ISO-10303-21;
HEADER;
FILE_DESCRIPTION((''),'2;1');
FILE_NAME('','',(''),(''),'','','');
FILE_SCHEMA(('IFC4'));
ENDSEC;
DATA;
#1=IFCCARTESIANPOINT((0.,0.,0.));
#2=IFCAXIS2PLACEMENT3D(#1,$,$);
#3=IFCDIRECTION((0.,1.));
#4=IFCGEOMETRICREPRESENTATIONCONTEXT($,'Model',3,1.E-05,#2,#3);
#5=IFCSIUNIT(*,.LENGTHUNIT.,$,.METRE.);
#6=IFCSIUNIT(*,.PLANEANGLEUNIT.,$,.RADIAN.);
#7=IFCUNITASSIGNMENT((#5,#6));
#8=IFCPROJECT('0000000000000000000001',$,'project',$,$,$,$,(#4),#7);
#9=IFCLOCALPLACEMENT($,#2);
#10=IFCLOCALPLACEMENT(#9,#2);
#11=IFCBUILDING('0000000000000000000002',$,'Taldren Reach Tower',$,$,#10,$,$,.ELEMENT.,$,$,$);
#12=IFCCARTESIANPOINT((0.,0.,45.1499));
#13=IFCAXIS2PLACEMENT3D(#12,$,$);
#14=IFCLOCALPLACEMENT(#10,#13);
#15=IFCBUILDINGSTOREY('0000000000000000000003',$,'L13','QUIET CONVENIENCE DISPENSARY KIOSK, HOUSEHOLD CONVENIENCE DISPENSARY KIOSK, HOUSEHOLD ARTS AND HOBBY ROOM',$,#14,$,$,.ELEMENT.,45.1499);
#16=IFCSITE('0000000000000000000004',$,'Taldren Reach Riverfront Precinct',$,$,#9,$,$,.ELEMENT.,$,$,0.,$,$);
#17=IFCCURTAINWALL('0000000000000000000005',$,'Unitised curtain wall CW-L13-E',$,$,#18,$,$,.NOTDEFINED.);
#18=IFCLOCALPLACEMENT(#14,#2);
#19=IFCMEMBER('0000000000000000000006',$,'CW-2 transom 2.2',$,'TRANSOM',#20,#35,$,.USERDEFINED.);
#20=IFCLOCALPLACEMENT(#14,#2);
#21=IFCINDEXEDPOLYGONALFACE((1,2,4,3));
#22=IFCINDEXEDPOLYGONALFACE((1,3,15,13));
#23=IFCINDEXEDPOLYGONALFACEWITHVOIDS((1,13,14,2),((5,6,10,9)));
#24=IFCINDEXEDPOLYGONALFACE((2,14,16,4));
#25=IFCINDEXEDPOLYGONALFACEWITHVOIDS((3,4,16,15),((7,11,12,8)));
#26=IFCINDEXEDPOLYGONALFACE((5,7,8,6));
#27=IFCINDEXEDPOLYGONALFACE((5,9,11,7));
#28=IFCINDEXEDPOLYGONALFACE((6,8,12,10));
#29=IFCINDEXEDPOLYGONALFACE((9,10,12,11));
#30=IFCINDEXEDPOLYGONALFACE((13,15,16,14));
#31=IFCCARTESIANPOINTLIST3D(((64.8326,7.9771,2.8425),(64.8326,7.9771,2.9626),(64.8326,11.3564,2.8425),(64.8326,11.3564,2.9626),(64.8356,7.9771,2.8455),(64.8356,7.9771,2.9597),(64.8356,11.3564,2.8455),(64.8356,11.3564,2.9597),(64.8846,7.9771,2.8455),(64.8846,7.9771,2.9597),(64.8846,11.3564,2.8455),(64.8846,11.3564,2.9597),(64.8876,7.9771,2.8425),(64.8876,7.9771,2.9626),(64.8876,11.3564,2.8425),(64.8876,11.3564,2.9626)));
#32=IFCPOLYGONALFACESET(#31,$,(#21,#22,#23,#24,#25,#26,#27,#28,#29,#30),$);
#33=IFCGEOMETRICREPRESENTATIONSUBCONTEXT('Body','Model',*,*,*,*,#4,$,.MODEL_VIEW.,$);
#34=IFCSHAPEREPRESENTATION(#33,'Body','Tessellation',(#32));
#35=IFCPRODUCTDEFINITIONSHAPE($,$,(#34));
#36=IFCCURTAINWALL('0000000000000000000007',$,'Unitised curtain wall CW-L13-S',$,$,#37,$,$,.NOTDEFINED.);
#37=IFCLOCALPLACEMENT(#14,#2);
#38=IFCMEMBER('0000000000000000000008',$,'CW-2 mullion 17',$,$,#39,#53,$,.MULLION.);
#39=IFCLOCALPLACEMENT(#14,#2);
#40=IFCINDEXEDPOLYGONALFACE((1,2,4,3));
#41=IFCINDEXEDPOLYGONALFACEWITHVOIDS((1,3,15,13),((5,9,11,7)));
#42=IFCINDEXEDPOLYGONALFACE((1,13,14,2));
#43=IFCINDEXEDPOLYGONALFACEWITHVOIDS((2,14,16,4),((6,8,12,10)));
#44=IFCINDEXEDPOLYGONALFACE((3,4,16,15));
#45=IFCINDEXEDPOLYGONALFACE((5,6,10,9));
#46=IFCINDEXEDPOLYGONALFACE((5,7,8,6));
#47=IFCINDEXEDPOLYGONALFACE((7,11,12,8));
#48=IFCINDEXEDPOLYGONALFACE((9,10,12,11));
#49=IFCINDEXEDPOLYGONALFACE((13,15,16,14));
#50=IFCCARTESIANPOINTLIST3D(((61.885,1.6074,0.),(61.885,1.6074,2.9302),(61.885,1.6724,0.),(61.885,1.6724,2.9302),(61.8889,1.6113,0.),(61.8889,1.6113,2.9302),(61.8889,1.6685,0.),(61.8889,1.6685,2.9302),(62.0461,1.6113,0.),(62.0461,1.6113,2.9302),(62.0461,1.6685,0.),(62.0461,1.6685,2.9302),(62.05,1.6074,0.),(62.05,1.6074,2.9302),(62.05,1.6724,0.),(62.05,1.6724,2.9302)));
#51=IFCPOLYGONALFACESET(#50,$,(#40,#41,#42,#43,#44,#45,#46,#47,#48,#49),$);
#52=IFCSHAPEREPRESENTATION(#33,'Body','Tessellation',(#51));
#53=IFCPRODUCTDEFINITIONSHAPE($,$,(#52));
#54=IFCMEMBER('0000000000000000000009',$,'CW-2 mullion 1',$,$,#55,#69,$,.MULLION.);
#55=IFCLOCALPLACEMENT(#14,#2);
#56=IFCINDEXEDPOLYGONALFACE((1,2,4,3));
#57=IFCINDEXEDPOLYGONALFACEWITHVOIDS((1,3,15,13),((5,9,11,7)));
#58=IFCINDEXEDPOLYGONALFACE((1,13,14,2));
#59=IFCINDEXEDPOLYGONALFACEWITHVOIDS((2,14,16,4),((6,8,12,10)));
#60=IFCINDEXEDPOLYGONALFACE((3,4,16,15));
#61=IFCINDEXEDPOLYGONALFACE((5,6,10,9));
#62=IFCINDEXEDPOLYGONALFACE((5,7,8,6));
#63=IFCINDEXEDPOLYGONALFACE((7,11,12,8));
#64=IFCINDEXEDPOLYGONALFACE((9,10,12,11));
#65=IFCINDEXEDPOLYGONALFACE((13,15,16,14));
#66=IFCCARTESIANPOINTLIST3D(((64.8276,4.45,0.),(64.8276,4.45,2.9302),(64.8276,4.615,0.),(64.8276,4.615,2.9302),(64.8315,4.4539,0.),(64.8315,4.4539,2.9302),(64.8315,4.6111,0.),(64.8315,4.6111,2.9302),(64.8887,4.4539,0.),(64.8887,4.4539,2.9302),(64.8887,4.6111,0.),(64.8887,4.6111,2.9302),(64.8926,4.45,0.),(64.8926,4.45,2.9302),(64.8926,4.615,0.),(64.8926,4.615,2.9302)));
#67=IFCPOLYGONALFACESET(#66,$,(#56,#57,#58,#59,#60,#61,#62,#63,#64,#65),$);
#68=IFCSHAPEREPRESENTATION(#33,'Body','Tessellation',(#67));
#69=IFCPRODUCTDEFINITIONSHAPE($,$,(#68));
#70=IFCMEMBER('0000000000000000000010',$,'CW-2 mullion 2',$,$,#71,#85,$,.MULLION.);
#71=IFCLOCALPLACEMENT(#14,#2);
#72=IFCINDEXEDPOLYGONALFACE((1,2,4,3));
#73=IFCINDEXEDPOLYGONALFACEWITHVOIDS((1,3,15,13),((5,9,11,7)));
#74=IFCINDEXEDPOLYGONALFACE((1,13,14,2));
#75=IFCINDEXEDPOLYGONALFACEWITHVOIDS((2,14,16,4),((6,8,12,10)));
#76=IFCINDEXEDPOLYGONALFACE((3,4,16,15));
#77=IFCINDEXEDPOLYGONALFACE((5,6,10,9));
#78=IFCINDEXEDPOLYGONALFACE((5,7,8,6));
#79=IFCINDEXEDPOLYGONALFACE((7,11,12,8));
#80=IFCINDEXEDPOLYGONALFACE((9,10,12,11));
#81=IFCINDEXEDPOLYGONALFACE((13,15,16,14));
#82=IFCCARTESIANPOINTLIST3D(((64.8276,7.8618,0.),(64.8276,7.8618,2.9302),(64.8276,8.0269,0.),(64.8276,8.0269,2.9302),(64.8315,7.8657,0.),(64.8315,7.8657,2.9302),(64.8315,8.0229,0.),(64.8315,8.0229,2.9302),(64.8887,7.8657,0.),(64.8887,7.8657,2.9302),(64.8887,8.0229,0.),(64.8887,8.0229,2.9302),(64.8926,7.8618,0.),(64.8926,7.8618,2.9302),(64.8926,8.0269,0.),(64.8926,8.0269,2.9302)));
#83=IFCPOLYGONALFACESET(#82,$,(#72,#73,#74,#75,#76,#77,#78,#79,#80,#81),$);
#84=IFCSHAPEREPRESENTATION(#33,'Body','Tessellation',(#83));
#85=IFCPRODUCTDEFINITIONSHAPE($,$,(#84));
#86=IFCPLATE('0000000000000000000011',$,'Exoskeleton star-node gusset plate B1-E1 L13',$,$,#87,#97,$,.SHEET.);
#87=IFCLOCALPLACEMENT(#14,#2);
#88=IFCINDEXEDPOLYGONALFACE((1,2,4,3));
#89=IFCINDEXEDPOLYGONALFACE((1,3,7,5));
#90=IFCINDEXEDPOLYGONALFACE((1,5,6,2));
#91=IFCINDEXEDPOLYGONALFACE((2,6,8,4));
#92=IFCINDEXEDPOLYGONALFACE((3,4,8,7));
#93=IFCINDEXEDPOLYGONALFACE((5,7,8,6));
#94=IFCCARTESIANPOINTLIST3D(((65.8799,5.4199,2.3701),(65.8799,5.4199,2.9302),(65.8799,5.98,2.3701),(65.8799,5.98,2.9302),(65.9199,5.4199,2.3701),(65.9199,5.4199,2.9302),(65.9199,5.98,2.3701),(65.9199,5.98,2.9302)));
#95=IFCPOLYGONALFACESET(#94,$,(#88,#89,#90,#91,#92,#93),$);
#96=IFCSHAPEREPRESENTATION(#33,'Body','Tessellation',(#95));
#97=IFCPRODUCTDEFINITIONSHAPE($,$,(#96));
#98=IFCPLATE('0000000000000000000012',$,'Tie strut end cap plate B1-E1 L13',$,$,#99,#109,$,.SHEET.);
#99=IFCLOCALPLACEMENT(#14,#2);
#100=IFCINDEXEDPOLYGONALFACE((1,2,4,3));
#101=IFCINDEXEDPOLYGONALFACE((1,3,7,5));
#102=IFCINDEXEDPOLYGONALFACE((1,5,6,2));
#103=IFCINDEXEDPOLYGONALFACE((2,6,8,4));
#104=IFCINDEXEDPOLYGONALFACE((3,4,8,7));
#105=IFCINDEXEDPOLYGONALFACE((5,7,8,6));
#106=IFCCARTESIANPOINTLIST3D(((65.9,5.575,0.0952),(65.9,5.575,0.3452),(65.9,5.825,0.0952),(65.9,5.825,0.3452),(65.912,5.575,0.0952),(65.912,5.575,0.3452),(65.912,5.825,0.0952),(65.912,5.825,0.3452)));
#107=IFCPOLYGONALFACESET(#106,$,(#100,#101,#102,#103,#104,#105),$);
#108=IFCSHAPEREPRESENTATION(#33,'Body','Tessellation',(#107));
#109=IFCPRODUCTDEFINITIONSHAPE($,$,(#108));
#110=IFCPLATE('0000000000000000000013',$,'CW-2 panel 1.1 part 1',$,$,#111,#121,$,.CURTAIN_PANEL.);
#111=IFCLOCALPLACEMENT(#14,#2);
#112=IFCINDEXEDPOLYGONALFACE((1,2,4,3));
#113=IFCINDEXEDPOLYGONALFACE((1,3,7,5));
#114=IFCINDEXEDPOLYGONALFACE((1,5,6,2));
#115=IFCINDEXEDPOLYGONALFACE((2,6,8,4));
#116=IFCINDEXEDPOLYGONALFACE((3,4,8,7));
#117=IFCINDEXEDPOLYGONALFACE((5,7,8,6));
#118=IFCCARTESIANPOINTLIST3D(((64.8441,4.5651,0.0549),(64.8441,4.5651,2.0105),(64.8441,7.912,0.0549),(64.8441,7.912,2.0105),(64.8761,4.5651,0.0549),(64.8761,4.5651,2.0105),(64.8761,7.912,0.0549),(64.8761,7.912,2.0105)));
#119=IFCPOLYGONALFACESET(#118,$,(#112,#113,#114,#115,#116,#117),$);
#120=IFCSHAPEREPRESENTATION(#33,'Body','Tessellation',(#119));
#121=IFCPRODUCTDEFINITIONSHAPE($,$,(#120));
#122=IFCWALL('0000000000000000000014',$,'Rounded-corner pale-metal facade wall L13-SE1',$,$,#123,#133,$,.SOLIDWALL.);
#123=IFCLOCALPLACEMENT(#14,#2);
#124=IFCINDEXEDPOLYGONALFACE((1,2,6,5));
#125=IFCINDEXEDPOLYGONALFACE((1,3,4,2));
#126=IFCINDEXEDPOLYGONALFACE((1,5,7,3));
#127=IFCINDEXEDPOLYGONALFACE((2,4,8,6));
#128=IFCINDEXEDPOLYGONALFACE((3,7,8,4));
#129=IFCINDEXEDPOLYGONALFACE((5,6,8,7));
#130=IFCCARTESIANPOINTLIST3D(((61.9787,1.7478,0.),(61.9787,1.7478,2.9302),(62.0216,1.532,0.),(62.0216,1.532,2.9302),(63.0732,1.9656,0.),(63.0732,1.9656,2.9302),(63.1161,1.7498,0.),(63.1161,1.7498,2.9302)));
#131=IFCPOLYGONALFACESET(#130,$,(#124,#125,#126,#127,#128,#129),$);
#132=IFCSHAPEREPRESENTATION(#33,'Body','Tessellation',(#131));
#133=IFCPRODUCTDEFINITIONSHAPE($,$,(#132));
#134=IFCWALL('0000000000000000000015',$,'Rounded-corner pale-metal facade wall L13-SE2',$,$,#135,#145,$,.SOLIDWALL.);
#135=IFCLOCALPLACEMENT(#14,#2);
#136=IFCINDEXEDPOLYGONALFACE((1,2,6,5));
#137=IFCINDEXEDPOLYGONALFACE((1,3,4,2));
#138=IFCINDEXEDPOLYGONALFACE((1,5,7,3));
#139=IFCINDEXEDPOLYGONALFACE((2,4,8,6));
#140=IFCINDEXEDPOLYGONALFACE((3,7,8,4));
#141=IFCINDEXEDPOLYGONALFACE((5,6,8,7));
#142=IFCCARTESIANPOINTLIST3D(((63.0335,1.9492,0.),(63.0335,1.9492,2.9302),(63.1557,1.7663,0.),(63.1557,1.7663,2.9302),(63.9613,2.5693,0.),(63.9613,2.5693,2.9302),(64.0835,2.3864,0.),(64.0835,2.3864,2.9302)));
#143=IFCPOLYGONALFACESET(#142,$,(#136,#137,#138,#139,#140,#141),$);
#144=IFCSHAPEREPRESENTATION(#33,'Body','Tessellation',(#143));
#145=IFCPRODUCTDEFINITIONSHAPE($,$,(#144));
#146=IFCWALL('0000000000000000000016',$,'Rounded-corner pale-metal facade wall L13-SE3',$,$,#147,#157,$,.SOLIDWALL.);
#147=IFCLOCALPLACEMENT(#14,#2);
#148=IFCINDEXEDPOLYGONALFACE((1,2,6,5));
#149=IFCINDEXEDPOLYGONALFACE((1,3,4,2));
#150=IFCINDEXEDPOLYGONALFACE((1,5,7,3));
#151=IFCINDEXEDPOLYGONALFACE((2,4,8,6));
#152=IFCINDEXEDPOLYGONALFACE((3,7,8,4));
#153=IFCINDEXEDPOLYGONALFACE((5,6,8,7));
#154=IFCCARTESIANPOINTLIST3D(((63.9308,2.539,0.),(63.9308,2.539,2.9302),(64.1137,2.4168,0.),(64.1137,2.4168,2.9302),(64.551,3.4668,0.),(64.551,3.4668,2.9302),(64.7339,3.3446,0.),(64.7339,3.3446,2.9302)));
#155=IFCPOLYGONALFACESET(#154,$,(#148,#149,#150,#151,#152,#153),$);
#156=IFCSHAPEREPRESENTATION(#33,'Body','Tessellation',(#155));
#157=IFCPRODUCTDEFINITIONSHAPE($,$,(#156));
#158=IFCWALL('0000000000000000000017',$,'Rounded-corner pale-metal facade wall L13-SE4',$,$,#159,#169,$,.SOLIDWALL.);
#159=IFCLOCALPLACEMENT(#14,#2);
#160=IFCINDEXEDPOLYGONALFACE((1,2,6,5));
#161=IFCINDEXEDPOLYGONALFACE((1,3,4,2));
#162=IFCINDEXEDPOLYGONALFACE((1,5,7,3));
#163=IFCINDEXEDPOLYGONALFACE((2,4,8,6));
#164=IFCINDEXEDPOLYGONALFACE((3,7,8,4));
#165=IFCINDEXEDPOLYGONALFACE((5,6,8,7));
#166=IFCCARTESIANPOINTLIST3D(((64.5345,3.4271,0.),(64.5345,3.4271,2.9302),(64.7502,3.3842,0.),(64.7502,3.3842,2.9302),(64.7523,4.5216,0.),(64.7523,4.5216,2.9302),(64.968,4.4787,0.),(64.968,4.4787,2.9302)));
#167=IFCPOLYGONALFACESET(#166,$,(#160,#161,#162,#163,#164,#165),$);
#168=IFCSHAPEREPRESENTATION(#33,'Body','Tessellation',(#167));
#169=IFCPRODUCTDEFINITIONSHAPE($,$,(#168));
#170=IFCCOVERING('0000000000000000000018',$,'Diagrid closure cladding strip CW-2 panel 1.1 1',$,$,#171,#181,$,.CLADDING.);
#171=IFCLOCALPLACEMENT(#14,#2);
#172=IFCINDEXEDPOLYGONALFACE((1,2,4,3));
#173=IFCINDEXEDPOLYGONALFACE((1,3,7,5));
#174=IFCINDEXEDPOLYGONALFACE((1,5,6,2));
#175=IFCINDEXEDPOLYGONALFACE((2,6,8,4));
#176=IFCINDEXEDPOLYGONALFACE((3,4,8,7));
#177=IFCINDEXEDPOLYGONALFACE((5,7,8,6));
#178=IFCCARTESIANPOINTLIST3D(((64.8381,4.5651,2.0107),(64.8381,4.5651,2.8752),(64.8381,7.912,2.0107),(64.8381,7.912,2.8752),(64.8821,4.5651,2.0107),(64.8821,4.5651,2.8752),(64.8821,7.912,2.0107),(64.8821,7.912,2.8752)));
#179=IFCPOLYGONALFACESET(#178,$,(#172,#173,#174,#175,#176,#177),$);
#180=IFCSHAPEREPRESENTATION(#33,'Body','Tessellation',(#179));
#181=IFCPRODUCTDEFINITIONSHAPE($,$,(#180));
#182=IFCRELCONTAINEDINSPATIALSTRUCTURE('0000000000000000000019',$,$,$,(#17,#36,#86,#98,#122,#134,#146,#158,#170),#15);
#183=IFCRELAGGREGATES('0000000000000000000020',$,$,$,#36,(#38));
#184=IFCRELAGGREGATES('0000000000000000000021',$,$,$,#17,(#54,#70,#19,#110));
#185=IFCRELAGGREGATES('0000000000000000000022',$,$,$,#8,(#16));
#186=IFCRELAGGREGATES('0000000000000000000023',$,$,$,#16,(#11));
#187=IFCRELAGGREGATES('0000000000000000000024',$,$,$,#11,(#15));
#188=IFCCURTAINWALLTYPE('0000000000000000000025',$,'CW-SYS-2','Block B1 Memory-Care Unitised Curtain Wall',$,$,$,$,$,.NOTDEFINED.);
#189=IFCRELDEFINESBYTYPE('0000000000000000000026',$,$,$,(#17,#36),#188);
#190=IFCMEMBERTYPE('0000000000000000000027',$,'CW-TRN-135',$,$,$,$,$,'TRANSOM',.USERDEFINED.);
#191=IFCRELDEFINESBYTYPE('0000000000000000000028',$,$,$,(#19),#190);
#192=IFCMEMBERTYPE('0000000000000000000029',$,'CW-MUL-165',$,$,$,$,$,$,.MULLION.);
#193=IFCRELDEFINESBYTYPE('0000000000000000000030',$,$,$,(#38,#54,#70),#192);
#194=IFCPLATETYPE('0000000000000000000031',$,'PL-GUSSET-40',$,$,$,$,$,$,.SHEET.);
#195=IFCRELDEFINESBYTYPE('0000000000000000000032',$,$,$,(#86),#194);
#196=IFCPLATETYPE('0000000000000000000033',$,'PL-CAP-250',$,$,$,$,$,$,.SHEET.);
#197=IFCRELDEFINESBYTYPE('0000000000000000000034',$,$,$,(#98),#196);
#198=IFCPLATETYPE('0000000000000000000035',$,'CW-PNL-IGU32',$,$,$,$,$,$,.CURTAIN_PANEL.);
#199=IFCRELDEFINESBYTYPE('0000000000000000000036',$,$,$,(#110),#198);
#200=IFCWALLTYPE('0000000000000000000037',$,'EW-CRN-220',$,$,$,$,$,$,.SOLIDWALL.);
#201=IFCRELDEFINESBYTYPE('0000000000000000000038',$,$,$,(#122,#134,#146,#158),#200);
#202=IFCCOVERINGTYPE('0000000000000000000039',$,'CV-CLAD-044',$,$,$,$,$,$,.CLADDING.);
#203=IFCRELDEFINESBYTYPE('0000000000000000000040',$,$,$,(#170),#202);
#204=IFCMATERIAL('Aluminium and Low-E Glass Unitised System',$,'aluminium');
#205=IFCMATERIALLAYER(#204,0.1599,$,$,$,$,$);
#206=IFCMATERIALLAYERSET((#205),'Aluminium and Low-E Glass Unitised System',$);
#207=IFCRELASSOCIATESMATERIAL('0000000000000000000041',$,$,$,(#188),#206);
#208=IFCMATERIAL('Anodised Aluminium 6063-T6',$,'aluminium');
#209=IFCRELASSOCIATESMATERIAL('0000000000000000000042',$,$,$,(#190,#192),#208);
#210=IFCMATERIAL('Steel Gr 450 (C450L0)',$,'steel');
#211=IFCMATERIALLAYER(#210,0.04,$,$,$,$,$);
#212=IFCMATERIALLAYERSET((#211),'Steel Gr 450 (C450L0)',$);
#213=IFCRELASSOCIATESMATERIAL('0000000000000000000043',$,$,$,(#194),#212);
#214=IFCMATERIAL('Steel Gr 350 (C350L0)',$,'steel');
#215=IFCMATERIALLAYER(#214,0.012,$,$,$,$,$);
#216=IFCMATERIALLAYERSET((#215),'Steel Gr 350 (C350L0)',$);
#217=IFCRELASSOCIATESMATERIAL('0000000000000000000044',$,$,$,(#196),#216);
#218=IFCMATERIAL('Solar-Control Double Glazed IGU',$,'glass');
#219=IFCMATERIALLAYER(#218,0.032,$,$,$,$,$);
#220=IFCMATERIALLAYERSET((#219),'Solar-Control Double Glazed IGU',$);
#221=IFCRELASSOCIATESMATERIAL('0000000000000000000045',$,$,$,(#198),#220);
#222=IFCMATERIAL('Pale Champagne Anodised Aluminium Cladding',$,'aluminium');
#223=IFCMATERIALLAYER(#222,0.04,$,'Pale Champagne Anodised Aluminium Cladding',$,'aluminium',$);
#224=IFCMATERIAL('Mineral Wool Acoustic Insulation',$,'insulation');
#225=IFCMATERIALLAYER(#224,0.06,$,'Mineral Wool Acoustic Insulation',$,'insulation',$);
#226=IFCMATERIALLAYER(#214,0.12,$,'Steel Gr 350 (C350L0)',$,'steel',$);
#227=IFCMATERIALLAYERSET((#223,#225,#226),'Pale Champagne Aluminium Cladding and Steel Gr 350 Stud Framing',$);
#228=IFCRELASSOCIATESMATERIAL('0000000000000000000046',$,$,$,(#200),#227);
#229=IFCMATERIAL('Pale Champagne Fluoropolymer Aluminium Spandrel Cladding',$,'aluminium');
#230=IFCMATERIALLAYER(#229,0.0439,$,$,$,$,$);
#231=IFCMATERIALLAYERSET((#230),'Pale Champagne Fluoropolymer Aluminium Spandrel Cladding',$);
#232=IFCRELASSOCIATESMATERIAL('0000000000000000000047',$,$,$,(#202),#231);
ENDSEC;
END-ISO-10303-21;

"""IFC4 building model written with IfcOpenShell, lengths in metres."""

from ifc_helpers import new_model, si_unit, direction, frame, frame_2d, origin, origin_2d, place, context, subcontext, project, spatial, rectangle, hollow_rectangle, extrude, source, transform, mapped, material, layer, layer_set, material_profile, profile_set, type_object, element, aggregate, save


model = new_model("IFC4")

# Units and contexts
model_context = context("Model", 3, precision=1e-05, world=origin(), true_north=direction((0.0, 1.0)))
body_context = subcontext(model_context, "Body", "Model", "MODEL_VIEW")
ifc_project = project(units=[si_unit("LENGTHUNIT", "METRE"), si_unit("PLANEANGLEUNIT", "RADIAN")], contexts=[model_context])

# Site, building, storey
site_placement = place(None, origin())
site = spatial("IfcSite", under=ifc_project, at=site_placement, Name="Taldren Reach Riverfront Precinct", CompositionType="ELEMENT", RefElevation=0.0)
building_placement = place(site_placement, origin())
building = spatial("IfcBuilding", under=site, at=building_placement, Name="Taldren Reach Tower", CompositionType="ELEMENT")
storey_placement = place(building_placement, frame((0.0, 0.0, 45.1499)))
storey = spatial("IfcBuildingStorey", under=building, at=storey_placement, Name="L13", Description="QUIET CONVENIENCE DISPENSARY KIOSK, HOUSEHOLD CONVENIENCE DISPENSARY KIOSK, HOUSEHOLD ARTS AND HOBBY ROOM", CompositionType="ELEMENT", Elevation=45.1499)

# Shared definitions
ifc_material_1 = material(Name="Steel Gr 450 (C450L0)", Category="steel")
ifc_material_2 = material(Name="Steel Gr 350 (C350L0)", Category="steel")

# Curtain wall, member
ifc_material_3 = material(Name="Aluminium and Low-E Glass Unitised System", Category="aluminium")
ifc_layer_1 = layer(ifc_material_3, 0.1599)
ifc_layer_set_1 = layer_set([ifc_layer_1], Name="Aluminium and Low-E Glass Unitised System")
curtain_wall_type = type_object("IfcCurtainWallType", Name="CW-SYS-2", Description="Block B1 Memory-Care Unitised Curtain Wall", PredefinedType="NOTDEFINED", material=ifc_layer_set_1)
curtain_wall_1_placement = place(storey_placement, origin())
curtain_wall_1 = element("IfcCurtainWall", 1, at=curtain_wall_1_placement, inside=storey, type_object=curtain_wall_type, Name="Unitised curtain wall CW-L13-E", PredefinedType="NOTDEFINED")
ifc_material_4 = material(Name="Anodised Aluminium 6063-T6", Category="aluminium")
ifc_material_profile_1 = material_profile(ifc_material_4, hollow_rectangle(XDim=0.0549, YDim=0.1201, WallThickness=0.0029, at=origin_2d()), Name="ALU-120x55x3RHS")
ifc_profile_set_1 = profile_set([ifc_material_profile_1], Name="Anodised Aluminium 6063-T6")
member_type_1 = type_object("IfcMemberType", Name="CW-TRN-135", ElementType="TRANSOM", PredefinedType="USERDEFINED", material=ifc_profile_set_1)
shared_shape_1 = source(origin(), body_context, "Body", "SweptSolid", [
    extrude(hollow_rectangle(XDim=0.0549, YDim=0.1201, WallThickness=0.0029, at=origin_2d()), origin(), (0.0, 0.0, 1.0), 3.3794),
])
member_1_placement = place(storey_placement, frame((64.8601, 7.9771, 2.9026), z_axis=(0.0, 1.0, 0.0), x_axis=(-1.0, 0.0, 0.0)))
member_1 = element("IfcMember", 2, at=member_1_placement, type_object=member_type_1, Name="CW-2 transom 2.2", ObjectType="TRANSOM", PredefinedType="USERDEFINED", context=body_context, shape_type="MappedRepresentation", body=[
    mapped(shared_shape_1, transform((0.0, 0.0, 0.0), scale=1.0)),
])

# Curtain wall, member
curtain_wall_2_placement = place(storey_placement, origin())
curtain_wall_2 = element("IfcCurtainWall", 3, at=curtain_wall_2_placement, inside=storey, type_object=curtain_wall_type, Name="Unitised curtain wall CW-L13-S", PredefinedType="NOTDEFINED")
ifc_material_profile_2 = material_profile(ifc_material_4, hollow_rectangle(XDim=0.0649, YDim=0.165, WallThickness=0.0039, at=origin_2d()), Name="ALU-165x65x4RHS")
ifc_profile_set_2 = profile_set([ifc_material_profile_2], Name="Anodised Aluminium 6063-T6")
member_type_2 = type_object("IfcMemberType", Name="CW-MUL-165", PredefinedType="MULLION", material=ifc_profile_set_2)
shared_shape_2 = source(origin(), body_context, "Body", "SweptSolid", [
    extrude(hollow_rectangle(XDim=0.0649, YDim=0.165, WallThickness=0.0039, at=origin_2d()), origin(), (0.0, 0.0, 1.0), 2.9302),
])
member_2_placement = place(storey_placement, frame((61.9675, 1.6399, 0.0), z_axis=(0.0, 0.0, 1.0), x_axis=(0.0, 1.0, 0.0)))
member_2 = element("IfcMember", 4, at=member_2_placement, type_object=member_type_2, Name="CW-2 mullion 17", PredefinedType="MULLION", context=body_context, shape_type="MappedRepresentation", body=[
    mapped(shared_shape_2, transform((0.0, 0.0, 0.0), scale=1.0)),
])
aggregate(curtain_wall_2, [member_2])

# Members
member_3_placement = place(storey_placement, frame((64.8601, 4.5325, 0.0), z_axis=(0.0, 0.0, 1.0), x_axis=(-1.0, 0.0, 0.0)))
member_3 = element("IfcMember", 5, at=member_3_placement, type_object=member_type_2, Name="CW-2 mullion 1", PredefinedType="MULLION", context=body_context, shape_type="MappedRepresentation", body=[
    mapped(shared_shape_2, transform((0.0, 0.0, 0.0), scale=1.0)),
])
member_4_placement = place(storey_placement, frame((64.8601, 7.9443, 0.0), z_axis=(0.0, 0.0, 1.0), x_axis=(-1.0, 0.0, 0.0)))
member_4 = element("IfcMember", 6, at=member_4_placement, type_object=member_type_2, Name="CW-2 mullion 2", PredefinedType="MULLION", context=body_context, shape_type="MappedRepresentation", body=[
    mapped(shared_shape_2, transform((0.0, 0.0, 0.0), scale=1.0)),
])

# Plates
ifc_layer_2 = layer(ifc_material_1, 0.04)
ifc_layer_set_2 = layer_set([ifc_layer_2], Name="Steel Gr 450 (C450L0)")
plate_type_1 = type_object("IfcPlateType", Name="PL-GUSSET-40", PredefinedType="SHEET", material=ifc_layer_set_2)
shared_shape_3 = source(origin(), body_context, "Body", "SweptSolid", [
    extrude(rectangle(XDim=0.5601, YDim=0.04, at=origin_2d()), origin(), (0.0, 0.0, 1.0), 0.5601),
])
plate_1_placement = place(storey_placement, frame((65.8999, 5.7, 2.3701), z_axis=(0.0, 0.0, 1.0), x_axis=(0.0, 1.0, 0.0)))
element("IfcPlate", 7, at=plate_1_placement, inside=storey, type_object=plate_type_1, Name="Exoskeleton star-node gusset plate B1-E1 L13", PredefinedType="SHEET", context=body_context, shape_type="MappedRepresentation", body=[
    mapped(shared_shape_3, transform((0.0, 0.0, 0.0), scale=1.0)),
])
ifc_layer_3 = layer(ifc_material_2, 0.012)
ifc_layer_set_3 = layer_set([ifc_layer_3], Name="Steel Gr 350 (C350L0)")
plate_type_2 = type_object("IfcPlateType", Name="PL-CAP-250", PredefinedType="SHEET", material=ifc_layer_set_3)
shared_shape_4 = source(origin(), body_context, "Body", "SweptSolid", [
    extrude(rectangle(XDim=0.012, YDim=0.25, at=origin_2d()), origin(), (0.0, 0.0, 1.0), 0.25),
])
plate_2_placement = place(storey_placement, frame((65.906, 5.7, 0.0952), z_axis=(0.0, 0.0, 1.0), x_axis=(1.0, 0.0, 0.0)))
element("IfcPlate", 8, at=plate_2_placement, inside=storey, type_object=plate_type_2, Name="Tie strut end cap plate B1-E1 L13", PredefinedType="SHEET", context=body_context, shape_type="MappedRepresentation", body=[
    mapped(shared_shape_4, transform((0.0, 0.0, 0.0), scale=1.0)),
])

# Plate
ifc_material_5 = material(Name="Solar-Control Double Glazed IGU", Category="glass")
ifc_layer_4 = layer(ifc_material_5, 0.032)
ifc_layer_set_4 = layer_set([ifc_layer_4], Name="Solar-Control Double Glazed IGU")
plate_type_3 = type_object("IfcPlateType", Name="CW-PNL-IGU32", PredefinedType="CURTAIN_PANEL", material=ifc_layer_set_4)
shared_shape_5 = source(origin(), body_context, "Body", "SweptSolid", [
    extrude(rectangle(XDim=3.3469, YDim=0.032, at=origin_2d()), origin(), (0.0, 0.0, 1.0), 1.9556),
])
plate_3_placement = place(storey_placement, frame((64.8601, 6.2385, 0.0549), z_axis=(0.0, 0.0, 1.0), x_axis=(0.0, 1.0, 0.0)))
plate_3 = element("IfcPlate", 9, at=plate_3_placement, type_object=plate_type_3, Name="CW-2 panel 1.1 part 1", PredefinedType="CURTAIN_PANEL", context=body_context, shape_type="MappedRepresentation", body=[
    mapped(shared_shape_5, transform((0.0, 0.0, 0.0), scale=1.0)),
])
aggregate(curtain_wall_1, [member_3, member_4, member_1, plate_3])

# Walls
ifc_material_6 = material(Name="Pale Champagne Anodised Aluminium Cladding", Category="aluminium")
ifc_layer_5 = layer(ifc_material_6, 0.04, Name="Pale Champagne Anodised Aluminium Cladding", Category="aluminium")
ifc_material_7 = material(Name="Mineral Wool Acoustic Insulation", Category="insulation")
ifc_layer_6 = layer(ifc_material_7, 0.06, Name="Mineral Wool Acoustic Insulation", Category="insulation")
ifc_layer_7 = layer(ifc_material_2, 0.12, Name="Steel Gr 350 (C350L0)", Category="steel")
ifc_layer_set_5 = layer_set([ifc_layer_5, ifc_layer_6, ifc_layer_7], Name="Pale Champagne Aluminium Cladding and Steel Gr 350 Stud Framing")
wall_type = type_object("IfcWallType", Name="EW-CRN-220", PredefinedType="SOLIDWALL", material=ifc_layer_set_5)
shared_shape_6 = source(origin(), body_context, "Body", "SweptSolid", [
    extrude(rectangle(XDim=1.116, YDim=0.22, at=frame_2d((0.5581, 0.0))), origin(), (0.0, 0.0, 1.0), 2.9302),
])
for number, where, z_axis, x_axis, name in (
    (10, (62.0, 1.6399, 0.0), (0.0, 0.0, 1.0), (0.980774, 0.195148, 0.0), "Rounded-corner pale-metal facade wall L13-SE1"),
    (11, (63.0945, 1.8577, 0.0), (0.0, 0.0, 1.0), (0.831377, 0.55571, 0.0), "Rounded-corner pale-metal facade wall L13-SE2"),
    (12, (64.0222, 2.4778, 0.0), (0.0, 0.0, 1.0), (0.55571, 0.831377, 0.0), "Rounded-corner pale-metal facade wall L13-SE3"),
    (13, (64.6423, 3.4055, 0.0), (0.0, 0.0, 1.0), (0.195148, 0.980774, 0.0), "Rounded-corner pale-metal facade wall L13-SE4"),
):
    element("IfcWall", number, at=place(storey_placement, frame(where, z_axis=z_axis, x_axis=x_axis)), inside=storey, type_object=wall_type, Name=name, PredefinedType="SOLIDWALL", context=body_context, shape_type="MappedRepresentation", body=[
        mapped(shared_shape_6, transform((0.0, 0.0, 0.0), scale=1.0)),
    ])

# Covering
ifc_material_8 = material(Name="Pale Champagne Fluoropolymer Aluminium Spandrel Cladding", Category="aluminium")
ifc_layer_8 = layer(ifc_material_8, 0.0439)
ifc_layer_set_6 = layer_set([ifc_layer_8], Name="Pale Champagne Fluoropolymer Aluminium Spandrel Cladding")
covering_type = type_object("IfcCoveringType", Name="CV-CLAD-044", PredefinedType="CLADDING", material=ifc_layer_set_6)
shared_shape_7 = source(origin(), body_context, "Body", "SweptSolid", [
    extrude(rectangle(XDim=3.3469, YDim=0.0439, at=origin_2d()), origin(), (0.0, 0.0, 1.0), 0.8645),
])
covering_placement = place(storey_placement, frame((64.8601, 6.2385, 2.0107), z_axis=(0.0, 0.0, 1.0), x_axis=(0.0, 1.0, 0.0)))
element("IfcCovering", 14, at=covering_placement, inside=storey, type_object=covering_type, Name="Diagrid closure cladding strip CW-2 panel 1.1 1", PredefinedType="CLADDING", context=body_context, shape_type="MappedRepresentation", body=[
    mapped(shared_shape_7, transform((0.0, 0.0, 0.0), scale=1.0)),
])

save(model, "model.ifc")
